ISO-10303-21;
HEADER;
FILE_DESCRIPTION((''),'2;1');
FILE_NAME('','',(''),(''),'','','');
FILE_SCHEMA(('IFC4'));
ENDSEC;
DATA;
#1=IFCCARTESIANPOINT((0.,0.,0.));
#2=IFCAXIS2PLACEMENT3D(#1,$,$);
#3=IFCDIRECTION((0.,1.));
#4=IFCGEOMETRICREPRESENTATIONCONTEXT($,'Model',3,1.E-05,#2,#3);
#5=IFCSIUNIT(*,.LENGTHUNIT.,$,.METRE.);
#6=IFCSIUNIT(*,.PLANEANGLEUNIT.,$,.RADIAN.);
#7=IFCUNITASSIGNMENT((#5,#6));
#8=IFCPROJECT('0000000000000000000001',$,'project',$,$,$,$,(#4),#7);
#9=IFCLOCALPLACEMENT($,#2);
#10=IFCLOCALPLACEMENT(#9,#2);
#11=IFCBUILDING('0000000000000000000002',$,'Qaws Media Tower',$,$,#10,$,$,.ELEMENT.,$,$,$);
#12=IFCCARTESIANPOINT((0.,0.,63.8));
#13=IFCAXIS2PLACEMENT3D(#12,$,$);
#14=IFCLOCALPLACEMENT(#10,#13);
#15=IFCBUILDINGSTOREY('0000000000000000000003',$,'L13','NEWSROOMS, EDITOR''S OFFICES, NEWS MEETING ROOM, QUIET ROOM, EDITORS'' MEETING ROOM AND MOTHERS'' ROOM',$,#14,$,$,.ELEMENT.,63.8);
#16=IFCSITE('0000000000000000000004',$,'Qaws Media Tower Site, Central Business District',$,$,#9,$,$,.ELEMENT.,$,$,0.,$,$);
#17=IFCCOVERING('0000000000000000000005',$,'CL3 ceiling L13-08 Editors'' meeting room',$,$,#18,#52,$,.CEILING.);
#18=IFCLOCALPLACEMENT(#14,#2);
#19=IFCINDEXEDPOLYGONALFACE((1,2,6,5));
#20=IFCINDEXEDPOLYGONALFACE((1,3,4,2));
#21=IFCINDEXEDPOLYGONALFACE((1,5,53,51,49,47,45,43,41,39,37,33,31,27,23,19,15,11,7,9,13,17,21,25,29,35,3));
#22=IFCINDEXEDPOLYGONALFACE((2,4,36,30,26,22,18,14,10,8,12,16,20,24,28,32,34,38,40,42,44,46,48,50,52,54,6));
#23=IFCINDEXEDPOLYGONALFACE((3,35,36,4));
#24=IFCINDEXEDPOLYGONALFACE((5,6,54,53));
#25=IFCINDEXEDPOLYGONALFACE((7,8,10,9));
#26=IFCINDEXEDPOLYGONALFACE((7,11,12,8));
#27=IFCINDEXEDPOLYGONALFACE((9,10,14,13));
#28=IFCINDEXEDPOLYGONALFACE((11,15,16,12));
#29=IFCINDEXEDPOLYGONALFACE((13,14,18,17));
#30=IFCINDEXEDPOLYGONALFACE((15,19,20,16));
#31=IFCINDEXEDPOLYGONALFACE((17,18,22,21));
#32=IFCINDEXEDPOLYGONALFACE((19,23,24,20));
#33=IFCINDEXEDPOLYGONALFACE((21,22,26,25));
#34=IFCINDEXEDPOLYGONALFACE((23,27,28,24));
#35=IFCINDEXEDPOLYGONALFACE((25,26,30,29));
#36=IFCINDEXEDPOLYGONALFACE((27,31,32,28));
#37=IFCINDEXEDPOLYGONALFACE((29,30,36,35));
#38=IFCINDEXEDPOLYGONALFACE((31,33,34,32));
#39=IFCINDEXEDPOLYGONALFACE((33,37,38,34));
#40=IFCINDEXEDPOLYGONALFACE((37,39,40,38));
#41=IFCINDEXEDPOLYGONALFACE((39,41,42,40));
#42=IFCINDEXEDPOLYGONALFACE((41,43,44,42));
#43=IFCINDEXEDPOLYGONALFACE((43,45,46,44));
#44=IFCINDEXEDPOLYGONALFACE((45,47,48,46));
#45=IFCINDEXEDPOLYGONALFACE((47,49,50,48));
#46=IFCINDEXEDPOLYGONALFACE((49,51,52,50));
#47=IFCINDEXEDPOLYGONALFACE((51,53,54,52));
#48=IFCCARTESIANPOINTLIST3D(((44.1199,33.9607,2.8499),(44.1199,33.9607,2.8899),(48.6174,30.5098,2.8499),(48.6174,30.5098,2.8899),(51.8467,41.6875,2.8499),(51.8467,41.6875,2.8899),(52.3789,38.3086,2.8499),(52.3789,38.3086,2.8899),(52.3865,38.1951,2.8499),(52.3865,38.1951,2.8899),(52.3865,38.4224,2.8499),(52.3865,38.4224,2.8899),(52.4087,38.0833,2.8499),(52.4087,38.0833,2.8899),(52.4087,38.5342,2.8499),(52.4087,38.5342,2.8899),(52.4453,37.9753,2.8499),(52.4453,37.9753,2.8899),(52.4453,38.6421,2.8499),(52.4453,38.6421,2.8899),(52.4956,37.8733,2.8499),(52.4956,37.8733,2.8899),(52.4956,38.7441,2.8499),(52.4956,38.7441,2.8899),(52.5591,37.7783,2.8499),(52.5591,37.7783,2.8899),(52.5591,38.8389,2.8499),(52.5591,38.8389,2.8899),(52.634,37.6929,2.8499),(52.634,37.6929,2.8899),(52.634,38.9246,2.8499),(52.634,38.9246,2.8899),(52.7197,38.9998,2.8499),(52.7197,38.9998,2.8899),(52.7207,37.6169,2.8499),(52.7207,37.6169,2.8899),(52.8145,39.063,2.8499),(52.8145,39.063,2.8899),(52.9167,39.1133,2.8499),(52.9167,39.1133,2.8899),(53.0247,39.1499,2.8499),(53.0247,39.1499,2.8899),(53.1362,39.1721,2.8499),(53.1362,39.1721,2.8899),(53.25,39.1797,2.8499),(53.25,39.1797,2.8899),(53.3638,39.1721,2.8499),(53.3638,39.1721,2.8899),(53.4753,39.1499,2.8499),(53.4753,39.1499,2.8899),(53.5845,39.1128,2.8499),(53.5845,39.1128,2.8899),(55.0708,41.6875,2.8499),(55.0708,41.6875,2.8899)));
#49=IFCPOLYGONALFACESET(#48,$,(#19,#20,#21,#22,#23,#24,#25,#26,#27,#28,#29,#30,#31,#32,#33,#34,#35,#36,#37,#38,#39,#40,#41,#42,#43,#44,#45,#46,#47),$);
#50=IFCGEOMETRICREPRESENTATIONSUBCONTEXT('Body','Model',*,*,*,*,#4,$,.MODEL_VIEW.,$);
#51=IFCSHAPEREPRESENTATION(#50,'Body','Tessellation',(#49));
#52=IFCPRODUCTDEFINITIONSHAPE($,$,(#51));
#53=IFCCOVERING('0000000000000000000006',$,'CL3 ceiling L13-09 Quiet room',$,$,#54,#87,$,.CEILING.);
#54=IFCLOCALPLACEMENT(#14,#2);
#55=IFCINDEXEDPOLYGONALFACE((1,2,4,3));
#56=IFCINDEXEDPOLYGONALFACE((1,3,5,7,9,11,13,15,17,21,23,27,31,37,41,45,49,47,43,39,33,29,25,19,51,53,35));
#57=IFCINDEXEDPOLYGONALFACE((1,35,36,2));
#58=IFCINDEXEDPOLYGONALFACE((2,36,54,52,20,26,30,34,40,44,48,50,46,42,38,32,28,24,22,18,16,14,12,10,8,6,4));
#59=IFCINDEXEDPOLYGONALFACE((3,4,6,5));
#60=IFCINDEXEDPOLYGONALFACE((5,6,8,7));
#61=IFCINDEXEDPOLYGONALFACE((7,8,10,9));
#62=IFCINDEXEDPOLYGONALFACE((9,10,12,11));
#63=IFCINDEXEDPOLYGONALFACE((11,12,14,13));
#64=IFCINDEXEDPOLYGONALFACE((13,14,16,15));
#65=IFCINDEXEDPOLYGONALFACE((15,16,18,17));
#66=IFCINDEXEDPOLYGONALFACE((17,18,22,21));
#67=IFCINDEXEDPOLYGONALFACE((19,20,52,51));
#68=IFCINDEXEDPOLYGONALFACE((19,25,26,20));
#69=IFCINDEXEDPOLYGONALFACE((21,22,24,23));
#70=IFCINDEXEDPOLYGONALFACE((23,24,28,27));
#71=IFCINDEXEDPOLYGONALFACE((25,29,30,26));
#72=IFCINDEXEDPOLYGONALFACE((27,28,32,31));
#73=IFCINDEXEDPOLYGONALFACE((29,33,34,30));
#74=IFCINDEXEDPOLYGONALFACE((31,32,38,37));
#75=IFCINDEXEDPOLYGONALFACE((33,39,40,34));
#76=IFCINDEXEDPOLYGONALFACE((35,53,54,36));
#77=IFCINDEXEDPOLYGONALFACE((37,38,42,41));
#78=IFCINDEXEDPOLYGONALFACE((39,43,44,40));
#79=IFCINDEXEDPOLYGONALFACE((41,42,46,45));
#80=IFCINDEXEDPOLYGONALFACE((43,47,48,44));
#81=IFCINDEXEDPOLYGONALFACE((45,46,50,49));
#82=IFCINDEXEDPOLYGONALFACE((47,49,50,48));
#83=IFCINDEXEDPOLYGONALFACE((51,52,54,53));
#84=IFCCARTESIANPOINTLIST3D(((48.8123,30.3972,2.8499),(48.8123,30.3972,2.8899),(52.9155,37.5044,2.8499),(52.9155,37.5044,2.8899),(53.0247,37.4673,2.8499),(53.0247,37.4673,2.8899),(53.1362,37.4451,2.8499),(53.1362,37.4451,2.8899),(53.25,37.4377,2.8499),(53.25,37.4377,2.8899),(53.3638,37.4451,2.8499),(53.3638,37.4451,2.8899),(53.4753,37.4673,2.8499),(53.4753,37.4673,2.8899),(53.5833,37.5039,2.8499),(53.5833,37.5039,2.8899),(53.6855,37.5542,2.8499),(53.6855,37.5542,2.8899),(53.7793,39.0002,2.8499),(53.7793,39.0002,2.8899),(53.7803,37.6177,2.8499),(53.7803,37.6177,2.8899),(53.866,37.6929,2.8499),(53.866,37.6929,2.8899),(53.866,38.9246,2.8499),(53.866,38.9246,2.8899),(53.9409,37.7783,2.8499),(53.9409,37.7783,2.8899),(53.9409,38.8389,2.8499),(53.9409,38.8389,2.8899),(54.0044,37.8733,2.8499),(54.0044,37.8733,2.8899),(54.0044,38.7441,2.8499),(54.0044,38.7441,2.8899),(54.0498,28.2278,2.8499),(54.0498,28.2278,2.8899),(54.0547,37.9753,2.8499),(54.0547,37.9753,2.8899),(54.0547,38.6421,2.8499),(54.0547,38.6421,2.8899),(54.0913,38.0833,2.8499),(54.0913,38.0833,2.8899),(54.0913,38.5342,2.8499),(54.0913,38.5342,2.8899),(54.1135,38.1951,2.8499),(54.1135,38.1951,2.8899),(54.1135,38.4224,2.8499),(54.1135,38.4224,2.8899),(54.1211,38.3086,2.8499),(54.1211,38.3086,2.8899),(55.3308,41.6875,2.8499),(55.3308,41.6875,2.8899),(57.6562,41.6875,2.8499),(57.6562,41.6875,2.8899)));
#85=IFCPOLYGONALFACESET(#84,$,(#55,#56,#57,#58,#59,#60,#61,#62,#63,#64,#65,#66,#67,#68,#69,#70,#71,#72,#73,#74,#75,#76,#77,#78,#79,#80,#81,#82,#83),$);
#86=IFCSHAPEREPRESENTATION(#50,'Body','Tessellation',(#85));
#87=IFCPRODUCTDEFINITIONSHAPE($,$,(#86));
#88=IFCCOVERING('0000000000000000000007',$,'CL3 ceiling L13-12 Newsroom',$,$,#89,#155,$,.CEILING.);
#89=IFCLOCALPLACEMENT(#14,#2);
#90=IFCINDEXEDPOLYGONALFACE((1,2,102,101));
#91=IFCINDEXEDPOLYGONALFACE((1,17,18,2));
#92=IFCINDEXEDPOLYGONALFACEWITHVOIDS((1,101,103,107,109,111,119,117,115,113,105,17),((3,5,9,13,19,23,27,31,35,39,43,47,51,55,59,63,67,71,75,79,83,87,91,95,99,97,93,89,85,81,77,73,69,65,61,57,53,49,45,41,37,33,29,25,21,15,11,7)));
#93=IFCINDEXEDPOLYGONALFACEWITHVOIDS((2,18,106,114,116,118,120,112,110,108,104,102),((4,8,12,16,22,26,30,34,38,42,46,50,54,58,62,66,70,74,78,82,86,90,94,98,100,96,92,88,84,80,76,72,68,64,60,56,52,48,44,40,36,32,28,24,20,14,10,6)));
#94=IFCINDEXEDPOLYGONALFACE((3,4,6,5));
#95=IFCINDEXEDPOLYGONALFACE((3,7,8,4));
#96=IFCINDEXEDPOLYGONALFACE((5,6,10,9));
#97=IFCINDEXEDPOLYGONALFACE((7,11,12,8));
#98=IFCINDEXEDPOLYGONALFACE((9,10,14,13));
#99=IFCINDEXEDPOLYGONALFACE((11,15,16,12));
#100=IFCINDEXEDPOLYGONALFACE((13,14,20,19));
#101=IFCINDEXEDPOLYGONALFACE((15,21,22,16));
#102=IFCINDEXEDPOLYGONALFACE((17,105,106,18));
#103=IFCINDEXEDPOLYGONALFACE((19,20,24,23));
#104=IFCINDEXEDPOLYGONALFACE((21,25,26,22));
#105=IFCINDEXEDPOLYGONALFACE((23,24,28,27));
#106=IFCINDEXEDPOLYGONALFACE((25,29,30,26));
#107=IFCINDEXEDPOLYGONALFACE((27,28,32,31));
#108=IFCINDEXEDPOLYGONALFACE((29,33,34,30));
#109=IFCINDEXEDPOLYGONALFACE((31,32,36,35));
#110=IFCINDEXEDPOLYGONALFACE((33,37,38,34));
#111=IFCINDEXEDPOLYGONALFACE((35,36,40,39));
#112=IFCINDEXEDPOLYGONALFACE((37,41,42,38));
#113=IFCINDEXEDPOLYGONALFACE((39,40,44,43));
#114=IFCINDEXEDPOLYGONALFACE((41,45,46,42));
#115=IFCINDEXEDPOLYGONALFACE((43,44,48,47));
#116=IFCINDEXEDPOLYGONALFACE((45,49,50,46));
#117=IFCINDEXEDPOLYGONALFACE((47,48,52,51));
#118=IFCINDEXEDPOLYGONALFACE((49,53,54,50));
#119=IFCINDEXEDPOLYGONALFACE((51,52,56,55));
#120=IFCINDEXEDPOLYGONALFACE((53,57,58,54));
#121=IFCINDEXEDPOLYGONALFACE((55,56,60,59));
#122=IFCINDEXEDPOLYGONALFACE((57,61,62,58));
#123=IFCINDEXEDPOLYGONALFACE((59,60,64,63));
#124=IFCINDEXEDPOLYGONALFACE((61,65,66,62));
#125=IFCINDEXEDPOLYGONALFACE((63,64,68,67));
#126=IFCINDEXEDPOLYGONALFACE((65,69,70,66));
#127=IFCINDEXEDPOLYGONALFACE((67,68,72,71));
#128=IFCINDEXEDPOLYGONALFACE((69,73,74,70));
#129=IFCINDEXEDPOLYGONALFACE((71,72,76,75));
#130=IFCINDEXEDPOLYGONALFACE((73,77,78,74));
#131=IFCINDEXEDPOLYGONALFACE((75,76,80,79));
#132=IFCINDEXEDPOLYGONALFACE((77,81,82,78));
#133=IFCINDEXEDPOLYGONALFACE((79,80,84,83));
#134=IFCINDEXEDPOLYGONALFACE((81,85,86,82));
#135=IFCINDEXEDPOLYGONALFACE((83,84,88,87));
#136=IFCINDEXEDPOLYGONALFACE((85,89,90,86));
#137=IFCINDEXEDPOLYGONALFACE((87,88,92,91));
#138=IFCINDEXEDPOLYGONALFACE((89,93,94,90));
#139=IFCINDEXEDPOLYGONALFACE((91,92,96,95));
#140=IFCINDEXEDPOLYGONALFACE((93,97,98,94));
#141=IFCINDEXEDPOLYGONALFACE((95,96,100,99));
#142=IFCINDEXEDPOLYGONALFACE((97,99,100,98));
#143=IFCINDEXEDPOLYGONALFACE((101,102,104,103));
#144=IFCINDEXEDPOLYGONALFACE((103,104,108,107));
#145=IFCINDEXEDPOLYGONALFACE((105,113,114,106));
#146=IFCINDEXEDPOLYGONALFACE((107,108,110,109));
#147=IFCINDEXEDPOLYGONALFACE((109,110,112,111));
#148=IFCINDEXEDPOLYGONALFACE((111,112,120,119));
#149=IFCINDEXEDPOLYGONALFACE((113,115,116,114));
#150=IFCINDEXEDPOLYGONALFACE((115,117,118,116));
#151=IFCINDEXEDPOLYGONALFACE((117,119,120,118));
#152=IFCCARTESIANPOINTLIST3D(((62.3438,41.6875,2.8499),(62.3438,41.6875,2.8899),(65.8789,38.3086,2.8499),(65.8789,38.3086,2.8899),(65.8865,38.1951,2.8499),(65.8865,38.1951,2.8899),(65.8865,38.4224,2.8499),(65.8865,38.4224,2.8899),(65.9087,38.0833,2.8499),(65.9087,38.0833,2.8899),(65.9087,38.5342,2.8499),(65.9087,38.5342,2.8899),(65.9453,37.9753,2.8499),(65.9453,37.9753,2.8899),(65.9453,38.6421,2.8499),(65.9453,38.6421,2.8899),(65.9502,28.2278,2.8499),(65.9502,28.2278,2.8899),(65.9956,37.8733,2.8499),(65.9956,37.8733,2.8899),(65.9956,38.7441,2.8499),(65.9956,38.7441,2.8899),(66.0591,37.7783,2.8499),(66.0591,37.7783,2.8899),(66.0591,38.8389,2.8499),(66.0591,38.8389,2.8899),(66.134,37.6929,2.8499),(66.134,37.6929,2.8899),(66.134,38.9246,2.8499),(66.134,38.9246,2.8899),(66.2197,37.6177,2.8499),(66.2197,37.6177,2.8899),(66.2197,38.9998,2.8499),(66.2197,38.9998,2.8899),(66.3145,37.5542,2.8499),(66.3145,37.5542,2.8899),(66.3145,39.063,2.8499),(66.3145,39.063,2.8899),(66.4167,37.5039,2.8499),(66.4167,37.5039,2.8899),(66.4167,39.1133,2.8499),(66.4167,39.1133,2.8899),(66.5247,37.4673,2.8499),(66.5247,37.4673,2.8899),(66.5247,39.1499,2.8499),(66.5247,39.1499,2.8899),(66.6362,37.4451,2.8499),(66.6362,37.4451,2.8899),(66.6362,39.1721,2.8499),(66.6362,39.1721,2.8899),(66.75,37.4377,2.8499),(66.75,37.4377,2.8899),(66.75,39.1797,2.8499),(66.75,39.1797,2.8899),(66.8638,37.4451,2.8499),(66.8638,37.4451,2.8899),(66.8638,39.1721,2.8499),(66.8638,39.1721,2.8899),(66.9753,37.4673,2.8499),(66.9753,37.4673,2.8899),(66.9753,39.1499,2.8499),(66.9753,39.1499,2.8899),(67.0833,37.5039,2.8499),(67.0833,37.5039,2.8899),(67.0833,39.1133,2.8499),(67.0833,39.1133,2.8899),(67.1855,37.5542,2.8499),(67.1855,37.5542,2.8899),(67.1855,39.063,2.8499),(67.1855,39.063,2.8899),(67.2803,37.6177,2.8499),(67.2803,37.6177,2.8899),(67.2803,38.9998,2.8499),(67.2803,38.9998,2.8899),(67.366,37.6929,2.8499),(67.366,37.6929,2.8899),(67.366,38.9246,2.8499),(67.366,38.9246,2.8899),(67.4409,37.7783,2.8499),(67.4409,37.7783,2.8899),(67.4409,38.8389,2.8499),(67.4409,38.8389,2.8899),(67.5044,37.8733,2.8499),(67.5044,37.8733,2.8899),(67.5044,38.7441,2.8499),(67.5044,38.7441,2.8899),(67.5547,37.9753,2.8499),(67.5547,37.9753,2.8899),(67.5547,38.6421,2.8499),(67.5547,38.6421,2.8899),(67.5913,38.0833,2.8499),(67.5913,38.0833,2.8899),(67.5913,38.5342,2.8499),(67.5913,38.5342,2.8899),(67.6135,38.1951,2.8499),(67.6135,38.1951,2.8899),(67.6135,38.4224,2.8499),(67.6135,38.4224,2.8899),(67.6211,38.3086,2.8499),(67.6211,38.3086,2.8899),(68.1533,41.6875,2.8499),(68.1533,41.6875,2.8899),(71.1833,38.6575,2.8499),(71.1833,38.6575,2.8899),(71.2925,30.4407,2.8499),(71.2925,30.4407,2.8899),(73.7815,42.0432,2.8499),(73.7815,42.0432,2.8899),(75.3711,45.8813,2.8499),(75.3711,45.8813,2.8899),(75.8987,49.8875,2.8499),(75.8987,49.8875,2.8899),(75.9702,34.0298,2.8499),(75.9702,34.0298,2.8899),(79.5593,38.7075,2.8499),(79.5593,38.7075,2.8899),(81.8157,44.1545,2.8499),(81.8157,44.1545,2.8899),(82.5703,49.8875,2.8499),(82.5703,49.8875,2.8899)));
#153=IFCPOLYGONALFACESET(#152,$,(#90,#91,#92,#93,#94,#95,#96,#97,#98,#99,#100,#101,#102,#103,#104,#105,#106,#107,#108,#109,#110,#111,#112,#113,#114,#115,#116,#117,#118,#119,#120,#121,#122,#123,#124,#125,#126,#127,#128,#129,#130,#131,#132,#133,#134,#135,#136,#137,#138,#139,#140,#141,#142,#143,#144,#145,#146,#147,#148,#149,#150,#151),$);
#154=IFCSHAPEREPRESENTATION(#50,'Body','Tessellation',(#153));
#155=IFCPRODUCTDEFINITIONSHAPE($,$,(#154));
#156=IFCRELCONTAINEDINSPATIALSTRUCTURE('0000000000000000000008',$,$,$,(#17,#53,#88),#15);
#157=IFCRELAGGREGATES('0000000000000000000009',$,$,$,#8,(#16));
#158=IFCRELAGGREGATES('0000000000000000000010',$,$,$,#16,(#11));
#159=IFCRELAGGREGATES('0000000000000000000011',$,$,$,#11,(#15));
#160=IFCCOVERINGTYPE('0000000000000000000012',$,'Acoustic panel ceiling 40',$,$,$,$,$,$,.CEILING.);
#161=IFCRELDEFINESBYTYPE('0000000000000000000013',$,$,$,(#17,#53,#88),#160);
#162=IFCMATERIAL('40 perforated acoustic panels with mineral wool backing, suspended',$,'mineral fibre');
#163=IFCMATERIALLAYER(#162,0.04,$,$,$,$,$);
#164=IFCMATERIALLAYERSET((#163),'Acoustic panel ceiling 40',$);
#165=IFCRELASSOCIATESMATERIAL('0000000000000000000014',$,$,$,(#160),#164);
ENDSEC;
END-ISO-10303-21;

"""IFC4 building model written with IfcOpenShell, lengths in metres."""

from ifc_helpers import new_model, si_unit, direction, frame, origin, place, context, subcontext, project, spatial, polyline, outline, extrude, material, layer, layer_set, type_object, element, save


model = new_model("IFC4")

# Units and contexts
model_context = context("Model", 3, precision=1e-05, world=origin(), true_north=direction((0.0, 1.0)))
body_context = subcontext(model_context, "Body", "Model", "MODEL_VIEW")
ifc_project = project(units=[si_unit("LENGTHUNIT", "METRE"), si_unit("PLANEANGLEUNIT", "RADIAN")], contexts=[model_context])

# Site, building, storey
site_placement = place(None, origin())
site = spatial("IfcSite", under=ifc_project, at=site_placement, Name="Qaws Media Tower Site, Central Business District", CompositionType="ELEMENT", RefElevation=0.0)
building_placement = place(site_placement, origin())
building = spatial("IfcBuilding", under=site, at=building_placement, Name="Qaws Media Tower", CompositionType="ELEMENT")
storey_placement = place(building_placement, frame((0.0, 0.0, 63.8)))
storey = spatial("IfcBuildingStorey", under=building, at=storey_placement, Name="L13", Description="NEWSROOMS, EDITOR'S OFFICES, NEWS MEETING ROOM, QUIET ROOM, EDITORS' MEETING ROOM AND MOTHERS' ROOM", CompositionType="ELEMENT", Elevation=63.8)

# Coverings
ifc_material_1 = material(Name="40 perforated acoustic panels with mineral wool backing, suspended", Category="mineral fibre")
ifc_layer_1 = layer(ifc_material_1, 0.04)
ifc_layer_set_1 = layer_set([ifc_layer_1], Name="Acoustic panel ceiling 40")
covering_type_1 = type_object("IfcCoveringType", Name="Acoustic panel ceiling 40", PredefinedType="CEILING", material=ifc_layer_set_1)
covering_1_placement = place(storey_placement, frame((0.0, 0.0, 2.8499)))
element("IfcCovering", 1, at=covering_1_placement, inside=storey, type_object=covering_type_1, Name="CL3 ceiling L13-08 Editors' meeting room", PredefinedType="CEILING", context=body_context, shape_type="SweptSolid", body=[
    extrude(outline(polyline([(44.1199, 33.9607), (51.8467, 41.6875), (55.0708, 41.6875), (53.5845, 39.1128), (53.4753, 39.1499), (53.3638, 39.1721), (53.25, 39.1797), (53.1362, 39.1721), (53.0247, 39.1499), (52.9167, 39.1133), (52.8145, 39.063), (52.7197, 38.9998), (52.634, 38.9246), (52.5591, 38.8389), (52.4956, 38.7441), (52.4453, 38.6421), (52.4087, 38.5342), (52.3865, 38.4224), (52.3789, 38.3086), (52.3865, 38.1951), (52.4087, 38.0833), (52.4453, 37.9753), (52.4956, 37.8733), (52.5591, 37.7783), (52.634, 37.6929), (52.7207, 37.6169), (48.6174, 30.5098), (44.1199, 33.9607)])), origin(), (0.0, 0.0, 1.0), 0.04),
])
covering_2_placement = place(storey_placement, frame((0.0, 0.0, 2.8499)))
element("IfcCovering", 2, at=covering_2_placement, inside=storey, type_object=covering_type_1, Name="CL3 ceiling L13-09 Quiet room", PredefinedType="CEILING", context=body_context, shape_type="SweptSolid", body=[
    extrude(outline(polyline([(48.8123, 30.3972), (52.9155, 37.5044), (53.0247, 37.4673), (53.1362, 37.4451), (53.25, 37.4377), (53.3638, 37.4451), (53.4753, 37.4673), (53.5833, 37.5039), (53.6855, 37.5542), (53.7803, 37.6177), (53.866, 37.6929), (53.9409, 37.7783), (54.0044, 37.8733), (54.0547, 37.9753), (54.0913, 38.0833), (54.1135, 38.1951), (54.1211, 38.3086), (54.1135, 38.4224), (54.0913, 38.5342), (54.0547, 38.6421), (54.0044, 38.7441), (53.9409, 38.8389), (53.866, 38.9246), (53.7793, 39.0002), (55.3308, 41.6875), (57.6562, 41.6875), (54.0498, 28.2278), (48.8123, 30.3972)])), origin(), (0.0, 0.0, 1.0), 0.04),
])
covering_3_placement = place(storey_placement, frame((0.0, 0.0, 2.8499)))
element("IfcCovering", 3, at=covering_3_placement, inside=storey, type_object=covering_type_1, Name="CL3 ceiling L13-12 Newsroom", PredefinedType="CEILING", context=body_context, shape_type="SweptSolid", body=[
    extrude(outline(polyline([(81.8157, 44.1545), (79.5593, 38.7075), (75.9702, 34.0298), (71.2925, 30.4407), (65.9502, 28.2278), (62.3438, 41.6875), (68.1533, 41.6875), (71.1833, 38.6575), (73.7815, 42.0432), (75.3711, 45.8813), (75.8987, 49.8875), (82.5703, 49.8875), (81.8157, 44.1545)]), holes=[polyline([(67.5547, 37.9753), (67.5913, 38.0833), (67.6135, 38.1951), (67.6211, 38.3086), (67.6135, 38.4224), (67.5913, 38.5342), (67.5547, 38.6421), (67.5044, 38.7441), (67.4409, 38.8389), (67.366, 38.9246), (67.2803, 38.9998), (67.1855, 39.063), (67.0833, 39.1133), (66.9753, 39.1499), (66.8638, 39.1721), (66.75, 39.1797), (66.6362, 39.1721), (66.5247, 39.1499), (66.4167, 39.1133), (66.3145, 39.063), (66.2197, 38.9998), (66.134, 38.9246), (66.0591, 38.8389), (65.9956, 38.7441), (65.9453, 38.6421), (65.9087, 38.5342), (65.8865, 38.4224), (65.8789, 38.3086), (65.8865, 38.1951), (65.9087, 38.0833), (65.9453, 37.9753), (65.9956, 37.8733), (66.0591, 37.7783), (66.134, 37.6929), (66.2197, 37.6177), (66.3145, 37.5542), (66.4167, 37.5039), (66.5247, 37.4673), (66.6362, 37.4451), (66.75, 37.4377), (66.8638, 37.4451), (66.9753, 37.4673), (67.0833, 37.5039), (67.1855, 37.5542), (67.2803, 37.6177), (67.366, 37.6929), (67.4409, 37.7783), (67.5044, 37.8733), (67.5547, 37.9753)])]), origin(), (0.0, 0.0, 1.0), 0.04),
])

save(model, "model.ifc")
